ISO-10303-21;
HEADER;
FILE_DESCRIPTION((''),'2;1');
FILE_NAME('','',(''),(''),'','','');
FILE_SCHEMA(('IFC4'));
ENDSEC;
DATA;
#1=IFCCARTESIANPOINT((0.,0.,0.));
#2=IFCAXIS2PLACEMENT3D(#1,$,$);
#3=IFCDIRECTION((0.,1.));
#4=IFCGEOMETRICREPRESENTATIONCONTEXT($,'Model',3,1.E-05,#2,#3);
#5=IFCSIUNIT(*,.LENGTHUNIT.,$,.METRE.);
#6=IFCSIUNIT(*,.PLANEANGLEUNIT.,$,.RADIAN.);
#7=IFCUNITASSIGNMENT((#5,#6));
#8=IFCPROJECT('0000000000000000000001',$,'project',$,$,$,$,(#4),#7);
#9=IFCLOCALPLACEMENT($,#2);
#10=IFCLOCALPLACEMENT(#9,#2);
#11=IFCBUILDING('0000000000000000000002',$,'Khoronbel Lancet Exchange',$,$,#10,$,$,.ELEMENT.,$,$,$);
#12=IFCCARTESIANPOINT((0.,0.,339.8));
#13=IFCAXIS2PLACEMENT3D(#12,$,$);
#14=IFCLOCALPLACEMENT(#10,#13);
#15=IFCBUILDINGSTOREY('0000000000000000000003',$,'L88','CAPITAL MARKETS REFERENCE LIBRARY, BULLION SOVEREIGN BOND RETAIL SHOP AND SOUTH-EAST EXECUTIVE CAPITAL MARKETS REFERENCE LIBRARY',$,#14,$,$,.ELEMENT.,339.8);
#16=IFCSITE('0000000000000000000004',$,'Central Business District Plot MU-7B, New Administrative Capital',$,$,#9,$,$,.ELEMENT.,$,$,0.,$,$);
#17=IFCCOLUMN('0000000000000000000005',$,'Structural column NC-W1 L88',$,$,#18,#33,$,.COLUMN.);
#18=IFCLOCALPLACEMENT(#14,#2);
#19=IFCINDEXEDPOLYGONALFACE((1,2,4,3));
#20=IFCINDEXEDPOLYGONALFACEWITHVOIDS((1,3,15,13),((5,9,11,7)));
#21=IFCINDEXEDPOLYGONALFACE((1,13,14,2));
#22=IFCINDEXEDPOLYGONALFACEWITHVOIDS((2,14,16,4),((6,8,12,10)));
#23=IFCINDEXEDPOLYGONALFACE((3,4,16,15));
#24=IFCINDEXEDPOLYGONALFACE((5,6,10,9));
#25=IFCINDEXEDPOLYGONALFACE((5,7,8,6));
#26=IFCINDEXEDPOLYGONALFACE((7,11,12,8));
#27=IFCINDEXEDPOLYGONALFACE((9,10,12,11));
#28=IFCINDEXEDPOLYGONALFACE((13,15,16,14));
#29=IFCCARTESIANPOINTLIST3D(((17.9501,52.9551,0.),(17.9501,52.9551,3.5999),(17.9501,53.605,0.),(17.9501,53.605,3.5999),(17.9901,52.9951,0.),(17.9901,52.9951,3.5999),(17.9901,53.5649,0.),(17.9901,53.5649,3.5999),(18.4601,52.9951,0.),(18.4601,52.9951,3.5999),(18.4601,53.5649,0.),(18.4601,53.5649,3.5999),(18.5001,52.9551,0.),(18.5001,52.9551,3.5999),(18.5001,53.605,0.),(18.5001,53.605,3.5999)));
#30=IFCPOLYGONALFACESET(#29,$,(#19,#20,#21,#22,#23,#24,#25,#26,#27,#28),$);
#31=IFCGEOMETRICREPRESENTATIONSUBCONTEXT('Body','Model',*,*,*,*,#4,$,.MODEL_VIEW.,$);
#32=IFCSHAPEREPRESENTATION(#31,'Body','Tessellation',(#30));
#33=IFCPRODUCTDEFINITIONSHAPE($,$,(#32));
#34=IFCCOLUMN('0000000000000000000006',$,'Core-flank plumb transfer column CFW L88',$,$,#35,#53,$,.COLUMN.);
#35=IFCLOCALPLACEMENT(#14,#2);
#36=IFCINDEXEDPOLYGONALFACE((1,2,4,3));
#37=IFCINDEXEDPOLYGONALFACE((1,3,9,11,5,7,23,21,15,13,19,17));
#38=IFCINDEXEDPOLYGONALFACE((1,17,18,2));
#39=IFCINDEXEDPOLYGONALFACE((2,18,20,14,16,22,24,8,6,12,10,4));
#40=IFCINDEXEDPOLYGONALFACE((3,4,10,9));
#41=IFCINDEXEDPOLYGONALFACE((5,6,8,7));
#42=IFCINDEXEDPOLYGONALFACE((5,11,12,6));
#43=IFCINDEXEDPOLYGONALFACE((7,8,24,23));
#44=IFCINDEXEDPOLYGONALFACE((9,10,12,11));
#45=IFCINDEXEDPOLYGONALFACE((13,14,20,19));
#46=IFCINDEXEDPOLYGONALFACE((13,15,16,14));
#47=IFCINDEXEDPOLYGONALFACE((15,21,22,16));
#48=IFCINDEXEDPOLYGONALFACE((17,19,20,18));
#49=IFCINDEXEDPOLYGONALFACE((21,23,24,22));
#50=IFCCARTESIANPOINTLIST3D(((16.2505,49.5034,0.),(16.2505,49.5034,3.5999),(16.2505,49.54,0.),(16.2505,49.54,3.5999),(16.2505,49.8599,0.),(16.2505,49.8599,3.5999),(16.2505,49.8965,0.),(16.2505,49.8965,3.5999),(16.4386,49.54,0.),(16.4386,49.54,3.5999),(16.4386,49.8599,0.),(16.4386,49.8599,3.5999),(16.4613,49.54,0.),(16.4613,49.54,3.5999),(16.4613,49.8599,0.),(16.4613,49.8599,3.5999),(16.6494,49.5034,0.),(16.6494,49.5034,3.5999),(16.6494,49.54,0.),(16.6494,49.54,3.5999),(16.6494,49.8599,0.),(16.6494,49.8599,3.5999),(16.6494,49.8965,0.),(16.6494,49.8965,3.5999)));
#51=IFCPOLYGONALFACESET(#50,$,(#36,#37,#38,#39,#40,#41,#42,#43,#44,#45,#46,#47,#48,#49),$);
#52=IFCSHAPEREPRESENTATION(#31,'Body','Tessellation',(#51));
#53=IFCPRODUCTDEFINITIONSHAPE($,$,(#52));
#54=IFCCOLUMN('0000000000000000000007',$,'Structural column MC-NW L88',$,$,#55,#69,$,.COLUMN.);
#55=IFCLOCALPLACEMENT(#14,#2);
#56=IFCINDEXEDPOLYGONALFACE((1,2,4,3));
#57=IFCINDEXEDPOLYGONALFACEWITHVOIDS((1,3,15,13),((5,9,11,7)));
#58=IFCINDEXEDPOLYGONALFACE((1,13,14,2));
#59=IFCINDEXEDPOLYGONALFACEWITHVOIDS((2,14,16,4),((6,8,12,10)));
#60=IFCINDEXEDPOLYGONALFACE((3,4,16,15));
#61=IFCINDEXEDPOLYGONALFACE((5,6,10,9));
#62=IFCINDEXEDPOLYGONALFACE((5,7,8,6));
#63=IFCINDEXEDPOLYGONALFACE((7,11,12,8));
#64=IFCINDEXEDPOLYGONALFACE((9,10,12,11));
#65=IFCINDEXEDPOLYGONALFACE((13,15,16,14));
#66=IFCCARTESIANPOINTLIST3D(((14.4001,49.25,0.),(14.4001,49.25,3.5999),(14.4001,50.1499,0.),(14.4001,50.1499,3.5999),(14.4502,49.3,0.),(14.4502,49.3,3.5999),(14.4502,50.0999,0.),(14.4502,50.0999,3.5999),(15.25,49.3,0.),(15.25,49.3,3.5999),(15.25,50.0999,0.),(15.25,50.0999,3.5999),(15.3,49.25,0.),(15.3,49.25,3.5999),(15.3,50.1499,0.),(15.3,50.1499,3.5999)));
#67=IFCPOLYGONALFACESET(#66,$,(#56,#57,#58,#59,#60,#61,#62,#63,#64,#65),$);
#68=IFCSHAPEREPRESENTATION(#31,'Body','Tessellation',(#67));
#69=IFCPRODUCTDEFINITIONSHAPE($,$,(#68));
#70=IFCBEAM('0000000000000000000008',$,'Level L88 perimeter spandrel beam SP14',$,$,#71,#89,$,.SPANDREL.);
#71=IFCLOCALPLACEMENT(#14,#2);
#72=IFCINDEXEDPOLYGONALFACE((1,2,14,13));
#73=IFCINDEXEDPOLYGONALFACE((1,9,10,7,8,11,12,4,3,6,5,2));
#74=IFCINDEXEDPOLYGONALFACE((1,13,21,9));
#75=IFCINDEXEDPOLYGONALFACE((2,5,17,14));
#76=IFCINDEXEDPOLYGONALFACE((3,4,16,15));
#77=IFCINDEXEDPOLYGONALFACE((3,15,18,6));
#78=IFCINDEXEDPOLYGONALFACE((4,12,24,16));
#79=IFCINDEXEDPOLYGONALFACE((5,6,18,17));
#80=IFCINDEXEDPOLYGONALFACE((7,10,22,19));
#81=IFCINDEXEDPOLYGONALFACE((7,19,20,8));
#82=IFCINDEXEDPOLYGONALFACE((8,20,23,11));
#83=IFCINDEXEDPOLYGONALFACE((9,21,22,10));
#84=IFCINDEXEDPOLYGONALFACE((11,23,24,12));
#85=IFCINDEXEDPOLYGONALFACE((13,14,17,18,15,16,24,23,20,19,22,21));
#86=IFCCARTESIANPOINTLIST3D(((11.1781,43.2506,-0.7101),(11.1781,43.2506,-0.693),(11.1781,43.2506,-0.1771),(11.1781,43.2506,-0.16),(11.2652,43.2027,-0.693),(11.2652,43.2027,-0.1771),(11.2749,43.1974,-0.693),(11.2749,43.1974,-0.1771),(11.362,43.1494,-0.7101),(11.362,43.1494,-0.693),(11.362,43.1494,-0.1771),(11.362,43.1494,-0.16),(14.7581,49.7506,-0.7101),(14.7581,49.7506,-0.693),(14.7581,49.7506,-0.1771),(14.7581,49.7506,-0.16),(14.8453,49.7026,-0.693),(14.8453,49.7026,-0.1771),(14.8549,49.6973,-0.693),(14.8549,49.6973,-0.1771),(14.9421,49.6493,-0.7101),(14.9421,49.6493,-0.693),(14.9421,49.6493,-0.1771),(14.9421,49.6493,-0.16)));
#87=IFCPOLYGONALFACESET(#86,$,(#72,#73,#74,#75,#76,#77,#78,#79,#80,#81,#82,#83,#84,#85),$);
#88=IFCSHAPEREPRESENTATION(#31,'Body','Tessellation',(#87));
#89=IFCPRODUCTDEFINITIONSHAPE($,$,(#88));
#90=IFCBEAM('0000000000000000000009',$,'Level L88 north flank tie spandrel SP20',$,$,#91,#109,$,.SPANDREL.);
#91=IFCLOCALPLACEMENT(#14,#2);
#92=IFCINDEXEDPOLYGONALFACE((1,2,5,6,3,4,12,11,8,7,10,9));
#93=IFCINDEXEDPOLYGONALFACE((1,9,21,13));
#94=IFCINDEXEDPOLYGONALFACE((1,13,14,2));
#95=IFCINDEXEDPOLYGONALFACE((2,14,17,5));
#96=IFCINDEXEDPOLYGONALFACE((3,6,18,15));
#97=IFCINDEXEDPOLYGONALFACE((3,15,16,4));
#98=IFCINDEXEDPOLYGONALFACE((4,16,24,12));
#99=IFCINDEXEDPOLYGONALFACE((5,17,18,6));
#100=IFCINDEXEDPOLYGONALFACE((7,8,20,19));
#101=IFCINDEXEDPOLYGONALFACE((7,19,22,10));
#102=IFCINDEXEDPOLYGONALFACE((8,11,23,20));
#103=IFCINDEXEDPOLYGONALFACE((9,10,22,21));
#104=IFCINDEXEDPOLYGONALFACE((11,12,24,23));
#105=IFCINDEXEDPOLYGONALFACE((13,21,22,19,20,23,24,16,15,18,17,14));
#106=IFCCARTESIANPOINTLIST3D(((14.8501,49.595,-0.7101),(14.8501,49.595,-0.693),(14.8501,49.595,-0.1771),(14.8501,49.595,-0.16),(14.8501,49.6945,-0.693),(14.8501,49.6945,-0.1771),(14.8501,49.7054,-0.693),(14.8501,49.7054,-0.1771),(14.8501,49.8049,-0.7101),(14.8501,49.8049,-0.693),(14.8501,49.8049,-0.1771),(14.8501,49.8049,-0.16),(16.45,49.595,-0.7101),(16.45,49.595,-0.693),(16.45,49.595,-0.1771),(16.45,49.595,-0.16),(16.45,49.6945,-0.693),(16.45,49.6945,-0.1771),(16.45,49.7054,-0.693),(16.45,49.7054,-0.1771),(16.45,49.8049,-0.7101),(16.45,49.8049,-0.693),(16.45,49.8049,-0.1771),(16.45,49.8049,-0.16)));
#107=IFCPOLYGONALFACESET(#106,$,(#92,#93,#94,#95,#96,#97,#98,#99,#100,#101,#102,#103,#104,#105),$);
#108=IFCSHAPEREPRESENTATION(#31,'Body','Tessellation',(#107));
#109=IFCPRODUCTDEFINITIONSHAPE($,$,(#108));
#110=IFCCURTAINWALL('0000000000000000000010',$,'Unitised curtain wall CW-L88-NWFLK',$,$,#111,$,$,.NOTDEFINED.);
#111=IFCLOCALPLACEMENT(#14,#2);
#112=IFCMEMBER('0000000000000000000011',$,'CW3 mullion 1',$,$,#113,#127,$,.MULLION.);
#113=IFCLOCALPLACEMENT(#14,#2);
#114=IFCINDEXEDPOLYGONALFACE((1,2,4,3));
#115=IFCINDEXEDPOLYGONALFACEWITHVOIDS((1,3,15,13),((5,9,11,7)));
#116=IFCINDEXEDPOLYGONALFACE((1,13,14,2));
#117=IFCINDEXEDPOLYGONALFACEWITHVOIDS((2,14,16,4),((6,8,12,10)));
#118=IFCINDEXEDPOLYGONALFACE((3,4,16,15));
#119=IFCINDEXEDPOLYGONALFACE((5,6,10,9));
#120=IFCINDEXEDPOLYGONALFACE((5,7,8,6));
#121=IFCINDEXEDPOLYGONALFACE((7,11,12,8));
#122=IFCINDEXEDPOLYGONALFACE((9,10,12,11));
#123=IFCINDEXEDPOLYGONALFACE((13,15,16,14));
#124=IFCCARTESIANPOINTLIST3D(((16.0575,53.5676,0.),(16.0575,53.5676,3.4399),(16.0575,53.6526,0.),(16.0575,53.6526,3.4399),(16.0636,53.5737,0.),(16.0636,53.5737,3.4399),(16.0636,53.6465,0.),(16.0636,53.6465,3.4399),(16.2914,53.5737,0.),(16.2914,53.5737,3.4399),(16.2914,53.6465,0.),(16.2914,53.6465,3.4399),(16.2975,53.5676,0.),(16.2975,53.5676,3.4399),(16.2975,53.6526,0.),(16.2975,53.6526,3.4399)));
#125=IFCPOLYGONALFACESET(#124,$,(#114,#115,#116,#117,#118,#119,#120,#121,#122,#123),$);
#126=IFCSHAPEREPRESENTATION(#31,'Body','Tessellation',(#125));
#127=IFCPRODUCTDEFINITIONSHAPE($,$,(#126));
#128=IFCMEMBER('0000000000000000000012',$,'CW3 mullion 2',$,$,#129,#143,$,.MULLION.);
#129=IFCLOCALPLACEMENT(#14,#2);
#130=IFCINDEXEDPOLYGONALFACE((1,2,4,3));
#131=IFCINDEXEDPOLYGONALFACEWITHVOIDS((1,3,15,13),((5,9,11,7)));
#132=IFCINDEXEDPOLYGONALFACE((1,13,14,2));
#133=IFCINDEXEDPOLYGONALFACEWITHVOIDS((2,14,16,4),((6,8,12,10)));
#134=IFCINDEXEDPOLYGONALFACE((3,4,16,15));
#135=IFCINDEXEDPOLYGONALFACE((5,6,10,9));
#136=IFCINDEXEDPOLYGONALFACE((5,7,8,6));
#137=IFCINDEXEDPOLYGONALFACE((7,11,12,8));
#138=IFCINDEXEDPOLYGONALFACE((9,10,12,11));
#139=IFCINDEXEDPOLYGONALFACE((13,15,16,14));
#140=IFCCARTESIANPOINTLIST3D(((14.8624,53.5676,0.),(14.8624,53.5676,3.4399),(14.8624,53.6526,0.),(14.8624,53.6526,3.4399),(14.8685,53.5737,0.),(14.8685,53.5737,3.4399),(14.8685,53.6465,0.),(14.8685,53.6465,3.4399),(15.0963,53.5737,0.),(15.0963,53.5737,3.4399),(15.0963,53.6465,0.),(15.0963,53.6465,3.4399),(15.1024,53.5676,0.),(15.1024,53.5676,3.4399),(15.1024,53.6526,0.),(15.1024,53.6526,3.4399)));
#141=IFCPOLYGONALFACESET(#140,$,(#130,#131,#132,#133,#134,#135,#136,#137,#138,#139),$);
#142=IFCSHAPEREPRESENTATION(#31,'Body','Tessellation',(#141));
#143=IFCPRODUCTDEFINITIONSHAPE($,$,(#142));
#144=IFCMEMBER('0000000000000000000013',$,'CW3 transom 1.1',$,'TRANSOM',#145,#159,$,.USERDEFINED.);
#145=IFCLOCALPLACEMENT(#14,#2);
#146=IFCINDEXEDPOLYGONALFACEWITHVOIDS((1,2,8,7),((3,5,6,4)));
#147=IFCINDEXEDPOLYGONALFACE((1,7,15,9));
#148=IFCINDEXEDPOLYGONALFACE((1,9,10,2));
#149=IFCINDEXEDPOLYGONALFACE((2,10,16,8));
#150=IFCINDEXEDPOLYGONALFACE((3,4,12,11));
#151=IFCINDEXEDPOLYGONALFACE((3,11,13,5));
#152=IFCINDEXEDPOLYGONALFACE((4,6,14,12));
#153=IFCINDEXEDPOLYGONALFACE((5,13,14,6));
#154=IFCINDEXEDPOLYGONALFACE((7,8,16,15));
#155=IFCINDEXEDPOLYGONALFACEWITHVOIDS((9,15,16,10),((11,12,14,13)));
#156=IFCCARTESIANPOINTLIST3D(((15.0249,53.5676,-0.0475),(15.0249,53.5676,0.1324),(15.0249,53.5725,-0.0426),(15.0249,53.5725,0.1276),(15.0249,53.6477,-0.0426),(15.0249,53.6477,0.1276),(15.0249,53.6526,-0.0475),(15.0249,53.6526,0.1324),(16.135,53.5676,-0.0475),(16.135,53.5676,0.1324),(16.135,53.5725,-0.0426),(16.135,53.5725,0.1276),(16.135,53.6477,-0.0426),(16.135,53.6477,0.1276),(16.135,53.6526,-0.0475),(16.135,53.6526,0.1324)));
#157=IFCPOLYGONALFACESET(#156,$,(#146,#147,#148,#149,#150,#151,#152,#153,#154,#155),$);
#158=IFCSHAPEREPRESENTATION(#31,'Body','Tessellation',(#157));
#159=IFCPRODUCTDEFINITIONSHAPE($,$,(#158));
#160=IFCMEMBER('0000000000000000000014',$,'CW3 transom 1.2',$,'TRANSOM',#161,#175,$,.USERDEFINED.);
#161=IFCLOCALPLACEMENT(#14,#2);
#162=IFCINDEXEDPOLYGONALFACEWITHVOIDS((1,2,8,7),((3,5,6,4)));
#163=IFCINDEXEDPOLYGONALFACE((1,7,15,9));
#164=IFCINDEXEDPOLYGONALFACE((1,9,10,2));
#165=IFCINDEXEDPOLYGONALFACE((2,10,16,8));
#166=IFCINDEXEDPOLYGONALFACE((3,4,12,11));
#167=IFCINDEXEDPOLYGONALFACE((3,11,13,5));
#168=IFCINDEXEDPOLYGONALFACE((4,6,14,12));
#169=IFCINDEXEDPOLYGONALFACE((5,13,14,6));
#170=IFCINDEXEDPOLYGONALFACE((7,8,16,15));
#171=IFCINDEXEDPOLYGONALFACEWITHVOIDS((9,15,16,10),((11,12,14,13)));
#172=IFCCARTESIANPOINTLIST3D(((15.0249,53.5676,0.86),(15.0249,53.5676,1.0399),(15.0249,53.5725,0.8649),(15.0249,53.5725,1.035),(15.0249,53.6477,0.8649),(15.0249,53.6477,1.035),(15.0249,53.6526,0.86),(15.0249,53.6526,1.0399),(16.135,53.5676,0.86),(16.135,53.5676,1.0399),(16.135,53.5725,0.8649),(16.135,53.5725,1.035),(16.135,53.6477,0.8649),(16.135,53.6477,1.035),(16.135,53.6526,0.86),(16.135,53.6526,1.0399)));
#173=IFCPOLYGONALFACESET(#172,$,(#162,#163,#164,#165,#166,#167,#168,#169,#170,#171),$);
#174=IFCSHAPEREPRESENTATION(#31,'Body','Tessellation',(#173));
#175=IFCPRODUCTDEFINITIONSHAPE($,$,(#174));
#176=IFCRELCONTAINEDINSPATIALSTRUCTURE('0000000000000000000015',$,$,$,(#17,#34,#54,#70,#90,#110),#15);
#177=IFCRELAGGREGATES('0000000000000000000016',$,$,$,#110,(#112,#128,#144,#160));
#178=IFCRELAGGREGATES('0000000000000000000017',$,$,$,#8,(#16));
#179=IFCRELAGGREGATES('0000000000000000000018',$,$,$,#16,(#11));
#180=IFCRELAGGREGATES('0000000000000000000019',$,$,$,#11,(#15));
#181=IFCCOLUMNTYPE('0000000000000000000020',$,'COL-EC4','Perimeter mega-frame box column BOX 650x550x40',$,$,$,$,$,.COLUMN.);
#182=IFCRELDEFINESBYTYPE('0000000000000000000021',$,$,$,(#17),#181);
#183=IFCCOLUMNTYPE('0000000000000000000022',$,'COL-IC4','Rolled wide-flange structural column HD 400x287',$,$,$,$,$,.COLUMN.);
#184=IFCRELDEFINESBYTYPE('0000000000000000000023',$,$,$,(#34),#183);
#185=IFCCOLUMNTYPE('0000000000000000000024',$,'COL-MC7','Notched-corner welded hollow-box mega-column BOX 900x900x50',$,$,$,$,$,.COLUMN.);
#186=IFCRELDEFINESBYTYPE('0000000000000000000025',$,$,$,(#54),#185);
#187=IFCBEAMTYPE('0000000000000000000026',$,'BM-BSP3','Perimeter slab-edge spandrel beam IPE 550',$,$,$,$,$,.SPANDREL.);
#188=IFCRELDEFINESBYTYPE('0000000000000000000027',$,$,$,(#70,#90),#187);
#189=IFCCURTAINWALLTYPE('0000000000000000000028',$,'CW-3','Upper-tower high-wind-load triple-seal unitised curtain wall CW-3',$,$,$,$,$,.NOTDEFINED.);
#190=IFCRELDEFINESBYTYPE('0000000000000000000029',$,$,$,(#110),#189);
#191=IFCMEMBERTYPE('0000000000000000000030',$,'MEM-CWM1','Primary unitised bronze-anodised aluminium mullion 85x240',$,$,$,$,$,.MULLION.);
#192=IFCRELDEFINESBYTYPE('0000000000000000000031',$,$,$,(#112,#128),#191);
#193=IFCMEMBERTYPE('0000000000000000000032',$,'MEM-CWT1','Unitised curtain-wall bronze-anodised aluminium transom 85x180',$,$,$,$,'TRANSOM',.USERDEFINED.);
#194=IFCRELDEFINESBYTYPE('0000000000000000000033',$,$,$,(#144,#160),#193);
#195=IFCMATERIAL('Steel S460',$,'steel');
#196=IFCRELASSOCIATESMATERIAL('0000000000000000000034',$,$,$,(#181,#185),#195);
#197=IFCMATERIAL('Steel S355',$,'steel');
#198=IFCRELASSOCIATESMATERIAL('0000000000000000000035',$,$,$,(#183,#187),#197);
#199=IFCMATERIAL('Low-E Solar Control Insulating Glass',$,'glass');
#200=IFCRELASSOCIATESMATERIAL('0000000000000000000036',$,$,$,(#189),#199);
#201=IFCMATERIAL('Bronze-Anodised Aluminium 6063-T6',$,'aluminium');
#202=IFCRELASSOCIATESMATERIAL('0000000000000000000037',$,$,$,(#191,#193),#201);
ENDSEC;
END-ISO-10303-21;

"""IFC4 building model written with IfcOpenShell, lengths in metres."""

from ifc_helpers import new_model, si_unit, direction, frame, origin, origin_2d, place, context, subcontext, project, spatial, hollow_rectangle, i_section, extrude, material, material_profile, profile_set, type_object, element, aggregate, save


model = new_model("IFC4")

# Units and contexts
model_context = context("Model", 3, precision=1e-05, world=origin(), true_north=direction((0.0, 1.0)))
body_context = subcontext(model_context, "Body", "Model", "MODEL_VIEW")
ifc_project = project(units=[si_unit("LENGTHUNIT", "METRE"), si_unit("PLANEANGLEUNIT", "RADIAN")], contexts=[model_context])

# Site, building, storey
site_placement = place(None, origin())
site = spatial("IfcSite", under=ifc_project, at=site_placement, Name="Central Business District Plot MU-7B, New Administrative Capital", CompositionType="ELEMENT", RefElevation=0.0)
building_placement = place(site_placement, origin())
building = spatial("IfcBuilding", under=site, at=building_placement, Name="Khoronbel Lancet Exchange", CompositionType="ELEMENT")
storey_placement = place(building_placement, frame((0.0, 0.0, 339.8)))
storey = spatial("IfcBuildingStorey", under=building, at=storey_placement, Name="L88", Description="CAPITAL MARKETS REFERENCE LIBRARY, BULLION SOVEREIGN BOND RETAIL SHOP AND SOUTH-EAST EXECUTIVE CAPITAL MARKETS REFERENCE LIBRARY", CompositionType="ELEMENT", Elevation=339.8)

# Columns
ifc_material_1 = material(Name="Steel S460", Category="steel")
ifc_material_profile_1 = material_profile(ifc_material_1, hollow_rectangle(XDim=0.55, YDim=0.6499, WallThickness=0.04, at=origin_2d()), Name="BOX 650x550x40")
ifc_profile_set_1 = profile_set([ifc_material_profile_1], Name="Steel S460")
column_type_1 = type_object("IfcColumnType", Name="COL-EC4", Description="Perimeter mega-frame box column BOX 650x550x40", PredefinedType="COLUMN", material=ifc_profile_set_1)
column_1_placement = place(storey_placement, frame((18.2251, 53.28, 0.0), z_axis=(0.0, 0.0, 1.0), x_axis=(1.0, 0.0, 0.0)))
element("IfcColumn", 1, at=column_1_placement, inside=storey, type_object=column_type_1, Name="Structural column NC-W1 L88", PredefinedType="COLUMN", context=body_context, shape_type="SweptSolid", body=[
    extrude(hollow_rectangle(XDim=0.55, YDim=0.6499, WallThickness=0.04, at=origin_2d()), origin(), (0.0, 0.0, 1.0), 3.5999),
])
ifc_material_2 = material(Name="Steel S355", Category="steel")
ifc_material_profile_2 = material_profile(ifc_material_2, i_section(OverallWidth=0.3989, OverallDepth=0.3931, WebThickness=0.0227, FlangeThickness=0.0366, at=origin_2d()), Name="HD 400x287")
ifc_profile_set_2 = profile_set([ifc_material_profile_2], Name="Steel S355")
column_type_2 = type_object("IfcColumnType", Name="COL-IC4", Description="Rolled wide-flange structural column HD 400x287", PredefinedType="COLUMN", material=ifc_profile_set_2)
column_2_placement = place(storey_placement, frame((16.45, 49.7, 0.0), z_axis=(0.0, 0.0, 1.0), x_axis=(1.0, 0.0, 0.0)))
element("IfcColumn", 2, at=column_2_placement, inside=storey, type_object=column_type_2, Name="Core-flank plumb transfer column CFW L88", PredefinedType="COLUMN", context=body_context, shape_type="SweptSolid", body=[
    extrude(i_section(OverallWidth=0.3989, OverallDepth=0.3931, WebThickness=0.0227, FlangeThickness=0.0366, at=origin_2d()), origin(), (0.0, 0.0, 1.0), 3.5999),
])
ifc_material_profile_3 = material_profile(ifc_material_1, hollow_rectangle(XDim=0.8999, YDim=0.8999, WallThickness=0.05, at=origin_2d()), Name="BOX 900x900x50")
ifc_profile_set_3 = profile_set([ifc_material_profile_3], Name="Steel S460")
column_type_3 = type_object("IfcColumnType", Name="COL-MC7", Description="Notched-corner welded hollow-box mega-column BOX 900x900x50", PredefinedType="COLUMN", material=ifc_profile_set_3)
column_3_placement = place(storey_placement, frame((14.8501, 49.7, 0.0), z_axis=(0.0, 0.0, 1.0), x_axis=(1.0, 0.0, 0.0)))
element("IfcColumn", 3, at=column_3_placement, inside=storey, type_object=column_type_3, Name="Structural column MC-NW L88", PredefinedType="COLUMN", context=body_context, shape_type="SweptSolid", body=[
    extrude(hollow_rectangle(XDim=0.8999, YDim=0.8999, WallThickness=0.05, at=origin_2d()), origin(), (0.0, 0.0, 1.0), 3.5999),
])

# Beams
ifc_material_profile_4 = material_profile(ifc_material_2, i_section(OverallWidth=0.21, OverallDepth=0.55, WebThickness=0.011, FlangeThickness=0.0171, at=origin_2d()), Name="IPE 550")
ifc_profile_set_4 = profile_set([ifc_material_profile_4], Name="Steel S355")
beam_type = type_object("IfcBeamType", Name="BM-BSP3", Description="Perimeter slab-edge spandrel beam IPE 550", PredefinedType="SPANDREL", material=ifc_profile_set_4)
beam_1_placement = place(storey_placement, frame((14.8501, 49.7, -0.4351), z_axis=(-0.482444, -0.875927, 0.0), x_axis=(0.875927, -0.482444, 0.0)))
element("IfcBeam", 4, at=beam_1_placement, inside=storey, type_object=beam_type, Name="Level L88 perimeter spandrel beam SP14", PredefinedType="SPANDREL", context=body_context, shape_type="SweptSolid", body=[
    extrude(i_section(OverallWidth=0.21, OverallDepth=0.55, WebThickness=0.011, FlangeThickness=0.0171, at=origin_2d()), origin(), (0.0, 0.0, 1.0), 7.4207),
])
beam_2_placement = place(storey_placement, frame((14.8501, 49.7, -0.4351), z_axis=(1.0, 0.0, 0.0), x_axis=(0.0, 1.0, 0.0)))
element("IfcBeam", 5, at=beam_2_placement, inside=storey, type_object=beam_type, Name="Level L88 north flank tie spandrel SP20", PredefinedType="SPANDREL", context=body_context, shape_type="SweptSolid", body=[
    extrude(i_section(OverallWidth=0.21, OverallDepth=0.55, WebThickness=0.011, FlangeThickness=0.0171, at=origin_2d()), origin(), (0.0, 0.0, 1.0), 1.5999),
])

# Curtain wall, members
ifc_material_3 = material(Name="Low-E Solar Control Insulating Glass", Category="glass")
curtain_wall_type = type_object("IfcCurtainWallType", Name="CW-3", Description="Upper-tower high-wind-load triple-seal unitised curtain wall CW-3", PredefinedType="NOTDEFINED", material=ifc_material_3)
curtain_wall_placement = place(storey_placement, origin())
curtain_wall = element("IfcCurtainWall", 6, at=curtain_wall_placement, inside=storey, type_object=curtain_wall_type, Name="Unitised curtain wall CW-L88-NWFLK", PredefinedType="NOTDEFINED")
ifc_material_4 = material(Name="Bronze-Anodised Aluminium 6063-T6", Category="aluminium")
ifc_material_profile_5 = material_profile(ifc_material_4, hollow_rectangle(XDim=0.085, YDim=0.24, WallThickness=0.0061, at=origin_2d()), Name="ALU MULLION 85x240")
ifc_profile_set_5 = profile_set([ifc_material_profile_5], Name="Bronze-Anodised Aluminium 6063-T6")
member_type_1 = type_object("IfcMemberType", Name="MEM-CWM1", Description="Primary unitised bronze-anodised aluminium mullion 85x240", PredefinedType="MULLION", material=ifc_profile_set_5)
member_1_placement = place(storey_placement, frame((16.1775, 53.6101, 0.0), z_axis=(0.0, 0.0, 1.0), x_axis=(0.0, -1.0, 0.0)))
member_1 = element("IfcMember", 7, at=member_1_placement, type_object=member_type_1, Name="CW3 mullion 1", PredefinedType="MULLION", context=body_context, shape_type="SweptSolid", body=[
    extrude(hollow_rectangle(XDim=0.085, YDim=0.24, WallThickness=0.0061, at=origin_2d()), origin(), (0.0, 0.0, 1.0), 3.4399),
])
member_2_placement = place(storey_placement, frame((14.9824, 53.6101, 0.0), z_axis=(0.0, 0.0, 1.0), x_axis=(0.0, -1.0, 0.0)))
member_2 = element("IfcMember", 8, at=member_2_placement, type_object=member_type_1, Name="CW3 mullion 2", PredefinedType="MULLION", context=body_context, shape_type="SweptSolid", body=[
    extrude(hollow_rectangle(XDim=0.085, YDim=0.24, WallThickness=0.0061, at=origin_2d()), origin(), (0.0, 0.0, 1.0), 3.4399),
])
ifc_material_profile_6 = material_profile(ifc_material_4, hollow_rectangle(XDim=0.085, YDim=0.1799, WallThickness=0.0049, at=origin_2d()), Name="ALU TRANSOM 85x180")
ifc_profile_set_6 = profile_set([ifc_material_profile_6], Name="Bronze-Anodised Aluminium 6063-T6")
member_type_2 = type_object("IfcMemberType", Name="MEM-CWT1", Description="Unitised curtain-wall bronze-anodised aluminium transom 85x180", ElementType="TRANSOM", PredefinedType="USERDEFINED", material=ifc_profile_set_6)
member_3_placement = place(storey_placement, frame((16.135, 53.6101, 0.0425), z_axis=(-1.0, 0.0, 0.0), x_axis=(0.0, -1.0, 0.0)))
member_3 = element("IfcMember", 9, at=member_3_placement, type_object=member_type_2, Name="CW3 transom 1.1", ObjectType="TRANSOM", PredefinedType="USERDEFINED", context=body_context, shape_type="SweptSolid", body=[
    extrude(hollow_rectangle(XDim=0.085, YDim=0.1799, WallThickness=0.0049, at=origin_2d()), origin(), (0.0, 0.0, 1.0), 1.1101),
])
member_4_placement = place(storey_placement, frame((16.135, 53.6101, 0.95), z_axis=(-1.0, 0.0, 0.0), x_axis=(0.0, -1.0, 0.0)))
member_4 = element("IfcMember", 10, at=member_4_placement, type_object=member_type_2, Name="CW3 transom 1.2", ObjectType="TRANSOM", PredefinedType="USERDEFINED", context=body_context, shape_type="SweptSolid", body=[
    extrude(hollow_rectangle(XDim=0.085, YDim=0.1799, WallThickness=0.0049, at=origin_2d()), origin(), (0.0, 0.0, 1.0), 1.1101),
])
aggregate(curtain_wall, [member_1, member_2, member_3, member_4])

save(model, "model.ifc")
